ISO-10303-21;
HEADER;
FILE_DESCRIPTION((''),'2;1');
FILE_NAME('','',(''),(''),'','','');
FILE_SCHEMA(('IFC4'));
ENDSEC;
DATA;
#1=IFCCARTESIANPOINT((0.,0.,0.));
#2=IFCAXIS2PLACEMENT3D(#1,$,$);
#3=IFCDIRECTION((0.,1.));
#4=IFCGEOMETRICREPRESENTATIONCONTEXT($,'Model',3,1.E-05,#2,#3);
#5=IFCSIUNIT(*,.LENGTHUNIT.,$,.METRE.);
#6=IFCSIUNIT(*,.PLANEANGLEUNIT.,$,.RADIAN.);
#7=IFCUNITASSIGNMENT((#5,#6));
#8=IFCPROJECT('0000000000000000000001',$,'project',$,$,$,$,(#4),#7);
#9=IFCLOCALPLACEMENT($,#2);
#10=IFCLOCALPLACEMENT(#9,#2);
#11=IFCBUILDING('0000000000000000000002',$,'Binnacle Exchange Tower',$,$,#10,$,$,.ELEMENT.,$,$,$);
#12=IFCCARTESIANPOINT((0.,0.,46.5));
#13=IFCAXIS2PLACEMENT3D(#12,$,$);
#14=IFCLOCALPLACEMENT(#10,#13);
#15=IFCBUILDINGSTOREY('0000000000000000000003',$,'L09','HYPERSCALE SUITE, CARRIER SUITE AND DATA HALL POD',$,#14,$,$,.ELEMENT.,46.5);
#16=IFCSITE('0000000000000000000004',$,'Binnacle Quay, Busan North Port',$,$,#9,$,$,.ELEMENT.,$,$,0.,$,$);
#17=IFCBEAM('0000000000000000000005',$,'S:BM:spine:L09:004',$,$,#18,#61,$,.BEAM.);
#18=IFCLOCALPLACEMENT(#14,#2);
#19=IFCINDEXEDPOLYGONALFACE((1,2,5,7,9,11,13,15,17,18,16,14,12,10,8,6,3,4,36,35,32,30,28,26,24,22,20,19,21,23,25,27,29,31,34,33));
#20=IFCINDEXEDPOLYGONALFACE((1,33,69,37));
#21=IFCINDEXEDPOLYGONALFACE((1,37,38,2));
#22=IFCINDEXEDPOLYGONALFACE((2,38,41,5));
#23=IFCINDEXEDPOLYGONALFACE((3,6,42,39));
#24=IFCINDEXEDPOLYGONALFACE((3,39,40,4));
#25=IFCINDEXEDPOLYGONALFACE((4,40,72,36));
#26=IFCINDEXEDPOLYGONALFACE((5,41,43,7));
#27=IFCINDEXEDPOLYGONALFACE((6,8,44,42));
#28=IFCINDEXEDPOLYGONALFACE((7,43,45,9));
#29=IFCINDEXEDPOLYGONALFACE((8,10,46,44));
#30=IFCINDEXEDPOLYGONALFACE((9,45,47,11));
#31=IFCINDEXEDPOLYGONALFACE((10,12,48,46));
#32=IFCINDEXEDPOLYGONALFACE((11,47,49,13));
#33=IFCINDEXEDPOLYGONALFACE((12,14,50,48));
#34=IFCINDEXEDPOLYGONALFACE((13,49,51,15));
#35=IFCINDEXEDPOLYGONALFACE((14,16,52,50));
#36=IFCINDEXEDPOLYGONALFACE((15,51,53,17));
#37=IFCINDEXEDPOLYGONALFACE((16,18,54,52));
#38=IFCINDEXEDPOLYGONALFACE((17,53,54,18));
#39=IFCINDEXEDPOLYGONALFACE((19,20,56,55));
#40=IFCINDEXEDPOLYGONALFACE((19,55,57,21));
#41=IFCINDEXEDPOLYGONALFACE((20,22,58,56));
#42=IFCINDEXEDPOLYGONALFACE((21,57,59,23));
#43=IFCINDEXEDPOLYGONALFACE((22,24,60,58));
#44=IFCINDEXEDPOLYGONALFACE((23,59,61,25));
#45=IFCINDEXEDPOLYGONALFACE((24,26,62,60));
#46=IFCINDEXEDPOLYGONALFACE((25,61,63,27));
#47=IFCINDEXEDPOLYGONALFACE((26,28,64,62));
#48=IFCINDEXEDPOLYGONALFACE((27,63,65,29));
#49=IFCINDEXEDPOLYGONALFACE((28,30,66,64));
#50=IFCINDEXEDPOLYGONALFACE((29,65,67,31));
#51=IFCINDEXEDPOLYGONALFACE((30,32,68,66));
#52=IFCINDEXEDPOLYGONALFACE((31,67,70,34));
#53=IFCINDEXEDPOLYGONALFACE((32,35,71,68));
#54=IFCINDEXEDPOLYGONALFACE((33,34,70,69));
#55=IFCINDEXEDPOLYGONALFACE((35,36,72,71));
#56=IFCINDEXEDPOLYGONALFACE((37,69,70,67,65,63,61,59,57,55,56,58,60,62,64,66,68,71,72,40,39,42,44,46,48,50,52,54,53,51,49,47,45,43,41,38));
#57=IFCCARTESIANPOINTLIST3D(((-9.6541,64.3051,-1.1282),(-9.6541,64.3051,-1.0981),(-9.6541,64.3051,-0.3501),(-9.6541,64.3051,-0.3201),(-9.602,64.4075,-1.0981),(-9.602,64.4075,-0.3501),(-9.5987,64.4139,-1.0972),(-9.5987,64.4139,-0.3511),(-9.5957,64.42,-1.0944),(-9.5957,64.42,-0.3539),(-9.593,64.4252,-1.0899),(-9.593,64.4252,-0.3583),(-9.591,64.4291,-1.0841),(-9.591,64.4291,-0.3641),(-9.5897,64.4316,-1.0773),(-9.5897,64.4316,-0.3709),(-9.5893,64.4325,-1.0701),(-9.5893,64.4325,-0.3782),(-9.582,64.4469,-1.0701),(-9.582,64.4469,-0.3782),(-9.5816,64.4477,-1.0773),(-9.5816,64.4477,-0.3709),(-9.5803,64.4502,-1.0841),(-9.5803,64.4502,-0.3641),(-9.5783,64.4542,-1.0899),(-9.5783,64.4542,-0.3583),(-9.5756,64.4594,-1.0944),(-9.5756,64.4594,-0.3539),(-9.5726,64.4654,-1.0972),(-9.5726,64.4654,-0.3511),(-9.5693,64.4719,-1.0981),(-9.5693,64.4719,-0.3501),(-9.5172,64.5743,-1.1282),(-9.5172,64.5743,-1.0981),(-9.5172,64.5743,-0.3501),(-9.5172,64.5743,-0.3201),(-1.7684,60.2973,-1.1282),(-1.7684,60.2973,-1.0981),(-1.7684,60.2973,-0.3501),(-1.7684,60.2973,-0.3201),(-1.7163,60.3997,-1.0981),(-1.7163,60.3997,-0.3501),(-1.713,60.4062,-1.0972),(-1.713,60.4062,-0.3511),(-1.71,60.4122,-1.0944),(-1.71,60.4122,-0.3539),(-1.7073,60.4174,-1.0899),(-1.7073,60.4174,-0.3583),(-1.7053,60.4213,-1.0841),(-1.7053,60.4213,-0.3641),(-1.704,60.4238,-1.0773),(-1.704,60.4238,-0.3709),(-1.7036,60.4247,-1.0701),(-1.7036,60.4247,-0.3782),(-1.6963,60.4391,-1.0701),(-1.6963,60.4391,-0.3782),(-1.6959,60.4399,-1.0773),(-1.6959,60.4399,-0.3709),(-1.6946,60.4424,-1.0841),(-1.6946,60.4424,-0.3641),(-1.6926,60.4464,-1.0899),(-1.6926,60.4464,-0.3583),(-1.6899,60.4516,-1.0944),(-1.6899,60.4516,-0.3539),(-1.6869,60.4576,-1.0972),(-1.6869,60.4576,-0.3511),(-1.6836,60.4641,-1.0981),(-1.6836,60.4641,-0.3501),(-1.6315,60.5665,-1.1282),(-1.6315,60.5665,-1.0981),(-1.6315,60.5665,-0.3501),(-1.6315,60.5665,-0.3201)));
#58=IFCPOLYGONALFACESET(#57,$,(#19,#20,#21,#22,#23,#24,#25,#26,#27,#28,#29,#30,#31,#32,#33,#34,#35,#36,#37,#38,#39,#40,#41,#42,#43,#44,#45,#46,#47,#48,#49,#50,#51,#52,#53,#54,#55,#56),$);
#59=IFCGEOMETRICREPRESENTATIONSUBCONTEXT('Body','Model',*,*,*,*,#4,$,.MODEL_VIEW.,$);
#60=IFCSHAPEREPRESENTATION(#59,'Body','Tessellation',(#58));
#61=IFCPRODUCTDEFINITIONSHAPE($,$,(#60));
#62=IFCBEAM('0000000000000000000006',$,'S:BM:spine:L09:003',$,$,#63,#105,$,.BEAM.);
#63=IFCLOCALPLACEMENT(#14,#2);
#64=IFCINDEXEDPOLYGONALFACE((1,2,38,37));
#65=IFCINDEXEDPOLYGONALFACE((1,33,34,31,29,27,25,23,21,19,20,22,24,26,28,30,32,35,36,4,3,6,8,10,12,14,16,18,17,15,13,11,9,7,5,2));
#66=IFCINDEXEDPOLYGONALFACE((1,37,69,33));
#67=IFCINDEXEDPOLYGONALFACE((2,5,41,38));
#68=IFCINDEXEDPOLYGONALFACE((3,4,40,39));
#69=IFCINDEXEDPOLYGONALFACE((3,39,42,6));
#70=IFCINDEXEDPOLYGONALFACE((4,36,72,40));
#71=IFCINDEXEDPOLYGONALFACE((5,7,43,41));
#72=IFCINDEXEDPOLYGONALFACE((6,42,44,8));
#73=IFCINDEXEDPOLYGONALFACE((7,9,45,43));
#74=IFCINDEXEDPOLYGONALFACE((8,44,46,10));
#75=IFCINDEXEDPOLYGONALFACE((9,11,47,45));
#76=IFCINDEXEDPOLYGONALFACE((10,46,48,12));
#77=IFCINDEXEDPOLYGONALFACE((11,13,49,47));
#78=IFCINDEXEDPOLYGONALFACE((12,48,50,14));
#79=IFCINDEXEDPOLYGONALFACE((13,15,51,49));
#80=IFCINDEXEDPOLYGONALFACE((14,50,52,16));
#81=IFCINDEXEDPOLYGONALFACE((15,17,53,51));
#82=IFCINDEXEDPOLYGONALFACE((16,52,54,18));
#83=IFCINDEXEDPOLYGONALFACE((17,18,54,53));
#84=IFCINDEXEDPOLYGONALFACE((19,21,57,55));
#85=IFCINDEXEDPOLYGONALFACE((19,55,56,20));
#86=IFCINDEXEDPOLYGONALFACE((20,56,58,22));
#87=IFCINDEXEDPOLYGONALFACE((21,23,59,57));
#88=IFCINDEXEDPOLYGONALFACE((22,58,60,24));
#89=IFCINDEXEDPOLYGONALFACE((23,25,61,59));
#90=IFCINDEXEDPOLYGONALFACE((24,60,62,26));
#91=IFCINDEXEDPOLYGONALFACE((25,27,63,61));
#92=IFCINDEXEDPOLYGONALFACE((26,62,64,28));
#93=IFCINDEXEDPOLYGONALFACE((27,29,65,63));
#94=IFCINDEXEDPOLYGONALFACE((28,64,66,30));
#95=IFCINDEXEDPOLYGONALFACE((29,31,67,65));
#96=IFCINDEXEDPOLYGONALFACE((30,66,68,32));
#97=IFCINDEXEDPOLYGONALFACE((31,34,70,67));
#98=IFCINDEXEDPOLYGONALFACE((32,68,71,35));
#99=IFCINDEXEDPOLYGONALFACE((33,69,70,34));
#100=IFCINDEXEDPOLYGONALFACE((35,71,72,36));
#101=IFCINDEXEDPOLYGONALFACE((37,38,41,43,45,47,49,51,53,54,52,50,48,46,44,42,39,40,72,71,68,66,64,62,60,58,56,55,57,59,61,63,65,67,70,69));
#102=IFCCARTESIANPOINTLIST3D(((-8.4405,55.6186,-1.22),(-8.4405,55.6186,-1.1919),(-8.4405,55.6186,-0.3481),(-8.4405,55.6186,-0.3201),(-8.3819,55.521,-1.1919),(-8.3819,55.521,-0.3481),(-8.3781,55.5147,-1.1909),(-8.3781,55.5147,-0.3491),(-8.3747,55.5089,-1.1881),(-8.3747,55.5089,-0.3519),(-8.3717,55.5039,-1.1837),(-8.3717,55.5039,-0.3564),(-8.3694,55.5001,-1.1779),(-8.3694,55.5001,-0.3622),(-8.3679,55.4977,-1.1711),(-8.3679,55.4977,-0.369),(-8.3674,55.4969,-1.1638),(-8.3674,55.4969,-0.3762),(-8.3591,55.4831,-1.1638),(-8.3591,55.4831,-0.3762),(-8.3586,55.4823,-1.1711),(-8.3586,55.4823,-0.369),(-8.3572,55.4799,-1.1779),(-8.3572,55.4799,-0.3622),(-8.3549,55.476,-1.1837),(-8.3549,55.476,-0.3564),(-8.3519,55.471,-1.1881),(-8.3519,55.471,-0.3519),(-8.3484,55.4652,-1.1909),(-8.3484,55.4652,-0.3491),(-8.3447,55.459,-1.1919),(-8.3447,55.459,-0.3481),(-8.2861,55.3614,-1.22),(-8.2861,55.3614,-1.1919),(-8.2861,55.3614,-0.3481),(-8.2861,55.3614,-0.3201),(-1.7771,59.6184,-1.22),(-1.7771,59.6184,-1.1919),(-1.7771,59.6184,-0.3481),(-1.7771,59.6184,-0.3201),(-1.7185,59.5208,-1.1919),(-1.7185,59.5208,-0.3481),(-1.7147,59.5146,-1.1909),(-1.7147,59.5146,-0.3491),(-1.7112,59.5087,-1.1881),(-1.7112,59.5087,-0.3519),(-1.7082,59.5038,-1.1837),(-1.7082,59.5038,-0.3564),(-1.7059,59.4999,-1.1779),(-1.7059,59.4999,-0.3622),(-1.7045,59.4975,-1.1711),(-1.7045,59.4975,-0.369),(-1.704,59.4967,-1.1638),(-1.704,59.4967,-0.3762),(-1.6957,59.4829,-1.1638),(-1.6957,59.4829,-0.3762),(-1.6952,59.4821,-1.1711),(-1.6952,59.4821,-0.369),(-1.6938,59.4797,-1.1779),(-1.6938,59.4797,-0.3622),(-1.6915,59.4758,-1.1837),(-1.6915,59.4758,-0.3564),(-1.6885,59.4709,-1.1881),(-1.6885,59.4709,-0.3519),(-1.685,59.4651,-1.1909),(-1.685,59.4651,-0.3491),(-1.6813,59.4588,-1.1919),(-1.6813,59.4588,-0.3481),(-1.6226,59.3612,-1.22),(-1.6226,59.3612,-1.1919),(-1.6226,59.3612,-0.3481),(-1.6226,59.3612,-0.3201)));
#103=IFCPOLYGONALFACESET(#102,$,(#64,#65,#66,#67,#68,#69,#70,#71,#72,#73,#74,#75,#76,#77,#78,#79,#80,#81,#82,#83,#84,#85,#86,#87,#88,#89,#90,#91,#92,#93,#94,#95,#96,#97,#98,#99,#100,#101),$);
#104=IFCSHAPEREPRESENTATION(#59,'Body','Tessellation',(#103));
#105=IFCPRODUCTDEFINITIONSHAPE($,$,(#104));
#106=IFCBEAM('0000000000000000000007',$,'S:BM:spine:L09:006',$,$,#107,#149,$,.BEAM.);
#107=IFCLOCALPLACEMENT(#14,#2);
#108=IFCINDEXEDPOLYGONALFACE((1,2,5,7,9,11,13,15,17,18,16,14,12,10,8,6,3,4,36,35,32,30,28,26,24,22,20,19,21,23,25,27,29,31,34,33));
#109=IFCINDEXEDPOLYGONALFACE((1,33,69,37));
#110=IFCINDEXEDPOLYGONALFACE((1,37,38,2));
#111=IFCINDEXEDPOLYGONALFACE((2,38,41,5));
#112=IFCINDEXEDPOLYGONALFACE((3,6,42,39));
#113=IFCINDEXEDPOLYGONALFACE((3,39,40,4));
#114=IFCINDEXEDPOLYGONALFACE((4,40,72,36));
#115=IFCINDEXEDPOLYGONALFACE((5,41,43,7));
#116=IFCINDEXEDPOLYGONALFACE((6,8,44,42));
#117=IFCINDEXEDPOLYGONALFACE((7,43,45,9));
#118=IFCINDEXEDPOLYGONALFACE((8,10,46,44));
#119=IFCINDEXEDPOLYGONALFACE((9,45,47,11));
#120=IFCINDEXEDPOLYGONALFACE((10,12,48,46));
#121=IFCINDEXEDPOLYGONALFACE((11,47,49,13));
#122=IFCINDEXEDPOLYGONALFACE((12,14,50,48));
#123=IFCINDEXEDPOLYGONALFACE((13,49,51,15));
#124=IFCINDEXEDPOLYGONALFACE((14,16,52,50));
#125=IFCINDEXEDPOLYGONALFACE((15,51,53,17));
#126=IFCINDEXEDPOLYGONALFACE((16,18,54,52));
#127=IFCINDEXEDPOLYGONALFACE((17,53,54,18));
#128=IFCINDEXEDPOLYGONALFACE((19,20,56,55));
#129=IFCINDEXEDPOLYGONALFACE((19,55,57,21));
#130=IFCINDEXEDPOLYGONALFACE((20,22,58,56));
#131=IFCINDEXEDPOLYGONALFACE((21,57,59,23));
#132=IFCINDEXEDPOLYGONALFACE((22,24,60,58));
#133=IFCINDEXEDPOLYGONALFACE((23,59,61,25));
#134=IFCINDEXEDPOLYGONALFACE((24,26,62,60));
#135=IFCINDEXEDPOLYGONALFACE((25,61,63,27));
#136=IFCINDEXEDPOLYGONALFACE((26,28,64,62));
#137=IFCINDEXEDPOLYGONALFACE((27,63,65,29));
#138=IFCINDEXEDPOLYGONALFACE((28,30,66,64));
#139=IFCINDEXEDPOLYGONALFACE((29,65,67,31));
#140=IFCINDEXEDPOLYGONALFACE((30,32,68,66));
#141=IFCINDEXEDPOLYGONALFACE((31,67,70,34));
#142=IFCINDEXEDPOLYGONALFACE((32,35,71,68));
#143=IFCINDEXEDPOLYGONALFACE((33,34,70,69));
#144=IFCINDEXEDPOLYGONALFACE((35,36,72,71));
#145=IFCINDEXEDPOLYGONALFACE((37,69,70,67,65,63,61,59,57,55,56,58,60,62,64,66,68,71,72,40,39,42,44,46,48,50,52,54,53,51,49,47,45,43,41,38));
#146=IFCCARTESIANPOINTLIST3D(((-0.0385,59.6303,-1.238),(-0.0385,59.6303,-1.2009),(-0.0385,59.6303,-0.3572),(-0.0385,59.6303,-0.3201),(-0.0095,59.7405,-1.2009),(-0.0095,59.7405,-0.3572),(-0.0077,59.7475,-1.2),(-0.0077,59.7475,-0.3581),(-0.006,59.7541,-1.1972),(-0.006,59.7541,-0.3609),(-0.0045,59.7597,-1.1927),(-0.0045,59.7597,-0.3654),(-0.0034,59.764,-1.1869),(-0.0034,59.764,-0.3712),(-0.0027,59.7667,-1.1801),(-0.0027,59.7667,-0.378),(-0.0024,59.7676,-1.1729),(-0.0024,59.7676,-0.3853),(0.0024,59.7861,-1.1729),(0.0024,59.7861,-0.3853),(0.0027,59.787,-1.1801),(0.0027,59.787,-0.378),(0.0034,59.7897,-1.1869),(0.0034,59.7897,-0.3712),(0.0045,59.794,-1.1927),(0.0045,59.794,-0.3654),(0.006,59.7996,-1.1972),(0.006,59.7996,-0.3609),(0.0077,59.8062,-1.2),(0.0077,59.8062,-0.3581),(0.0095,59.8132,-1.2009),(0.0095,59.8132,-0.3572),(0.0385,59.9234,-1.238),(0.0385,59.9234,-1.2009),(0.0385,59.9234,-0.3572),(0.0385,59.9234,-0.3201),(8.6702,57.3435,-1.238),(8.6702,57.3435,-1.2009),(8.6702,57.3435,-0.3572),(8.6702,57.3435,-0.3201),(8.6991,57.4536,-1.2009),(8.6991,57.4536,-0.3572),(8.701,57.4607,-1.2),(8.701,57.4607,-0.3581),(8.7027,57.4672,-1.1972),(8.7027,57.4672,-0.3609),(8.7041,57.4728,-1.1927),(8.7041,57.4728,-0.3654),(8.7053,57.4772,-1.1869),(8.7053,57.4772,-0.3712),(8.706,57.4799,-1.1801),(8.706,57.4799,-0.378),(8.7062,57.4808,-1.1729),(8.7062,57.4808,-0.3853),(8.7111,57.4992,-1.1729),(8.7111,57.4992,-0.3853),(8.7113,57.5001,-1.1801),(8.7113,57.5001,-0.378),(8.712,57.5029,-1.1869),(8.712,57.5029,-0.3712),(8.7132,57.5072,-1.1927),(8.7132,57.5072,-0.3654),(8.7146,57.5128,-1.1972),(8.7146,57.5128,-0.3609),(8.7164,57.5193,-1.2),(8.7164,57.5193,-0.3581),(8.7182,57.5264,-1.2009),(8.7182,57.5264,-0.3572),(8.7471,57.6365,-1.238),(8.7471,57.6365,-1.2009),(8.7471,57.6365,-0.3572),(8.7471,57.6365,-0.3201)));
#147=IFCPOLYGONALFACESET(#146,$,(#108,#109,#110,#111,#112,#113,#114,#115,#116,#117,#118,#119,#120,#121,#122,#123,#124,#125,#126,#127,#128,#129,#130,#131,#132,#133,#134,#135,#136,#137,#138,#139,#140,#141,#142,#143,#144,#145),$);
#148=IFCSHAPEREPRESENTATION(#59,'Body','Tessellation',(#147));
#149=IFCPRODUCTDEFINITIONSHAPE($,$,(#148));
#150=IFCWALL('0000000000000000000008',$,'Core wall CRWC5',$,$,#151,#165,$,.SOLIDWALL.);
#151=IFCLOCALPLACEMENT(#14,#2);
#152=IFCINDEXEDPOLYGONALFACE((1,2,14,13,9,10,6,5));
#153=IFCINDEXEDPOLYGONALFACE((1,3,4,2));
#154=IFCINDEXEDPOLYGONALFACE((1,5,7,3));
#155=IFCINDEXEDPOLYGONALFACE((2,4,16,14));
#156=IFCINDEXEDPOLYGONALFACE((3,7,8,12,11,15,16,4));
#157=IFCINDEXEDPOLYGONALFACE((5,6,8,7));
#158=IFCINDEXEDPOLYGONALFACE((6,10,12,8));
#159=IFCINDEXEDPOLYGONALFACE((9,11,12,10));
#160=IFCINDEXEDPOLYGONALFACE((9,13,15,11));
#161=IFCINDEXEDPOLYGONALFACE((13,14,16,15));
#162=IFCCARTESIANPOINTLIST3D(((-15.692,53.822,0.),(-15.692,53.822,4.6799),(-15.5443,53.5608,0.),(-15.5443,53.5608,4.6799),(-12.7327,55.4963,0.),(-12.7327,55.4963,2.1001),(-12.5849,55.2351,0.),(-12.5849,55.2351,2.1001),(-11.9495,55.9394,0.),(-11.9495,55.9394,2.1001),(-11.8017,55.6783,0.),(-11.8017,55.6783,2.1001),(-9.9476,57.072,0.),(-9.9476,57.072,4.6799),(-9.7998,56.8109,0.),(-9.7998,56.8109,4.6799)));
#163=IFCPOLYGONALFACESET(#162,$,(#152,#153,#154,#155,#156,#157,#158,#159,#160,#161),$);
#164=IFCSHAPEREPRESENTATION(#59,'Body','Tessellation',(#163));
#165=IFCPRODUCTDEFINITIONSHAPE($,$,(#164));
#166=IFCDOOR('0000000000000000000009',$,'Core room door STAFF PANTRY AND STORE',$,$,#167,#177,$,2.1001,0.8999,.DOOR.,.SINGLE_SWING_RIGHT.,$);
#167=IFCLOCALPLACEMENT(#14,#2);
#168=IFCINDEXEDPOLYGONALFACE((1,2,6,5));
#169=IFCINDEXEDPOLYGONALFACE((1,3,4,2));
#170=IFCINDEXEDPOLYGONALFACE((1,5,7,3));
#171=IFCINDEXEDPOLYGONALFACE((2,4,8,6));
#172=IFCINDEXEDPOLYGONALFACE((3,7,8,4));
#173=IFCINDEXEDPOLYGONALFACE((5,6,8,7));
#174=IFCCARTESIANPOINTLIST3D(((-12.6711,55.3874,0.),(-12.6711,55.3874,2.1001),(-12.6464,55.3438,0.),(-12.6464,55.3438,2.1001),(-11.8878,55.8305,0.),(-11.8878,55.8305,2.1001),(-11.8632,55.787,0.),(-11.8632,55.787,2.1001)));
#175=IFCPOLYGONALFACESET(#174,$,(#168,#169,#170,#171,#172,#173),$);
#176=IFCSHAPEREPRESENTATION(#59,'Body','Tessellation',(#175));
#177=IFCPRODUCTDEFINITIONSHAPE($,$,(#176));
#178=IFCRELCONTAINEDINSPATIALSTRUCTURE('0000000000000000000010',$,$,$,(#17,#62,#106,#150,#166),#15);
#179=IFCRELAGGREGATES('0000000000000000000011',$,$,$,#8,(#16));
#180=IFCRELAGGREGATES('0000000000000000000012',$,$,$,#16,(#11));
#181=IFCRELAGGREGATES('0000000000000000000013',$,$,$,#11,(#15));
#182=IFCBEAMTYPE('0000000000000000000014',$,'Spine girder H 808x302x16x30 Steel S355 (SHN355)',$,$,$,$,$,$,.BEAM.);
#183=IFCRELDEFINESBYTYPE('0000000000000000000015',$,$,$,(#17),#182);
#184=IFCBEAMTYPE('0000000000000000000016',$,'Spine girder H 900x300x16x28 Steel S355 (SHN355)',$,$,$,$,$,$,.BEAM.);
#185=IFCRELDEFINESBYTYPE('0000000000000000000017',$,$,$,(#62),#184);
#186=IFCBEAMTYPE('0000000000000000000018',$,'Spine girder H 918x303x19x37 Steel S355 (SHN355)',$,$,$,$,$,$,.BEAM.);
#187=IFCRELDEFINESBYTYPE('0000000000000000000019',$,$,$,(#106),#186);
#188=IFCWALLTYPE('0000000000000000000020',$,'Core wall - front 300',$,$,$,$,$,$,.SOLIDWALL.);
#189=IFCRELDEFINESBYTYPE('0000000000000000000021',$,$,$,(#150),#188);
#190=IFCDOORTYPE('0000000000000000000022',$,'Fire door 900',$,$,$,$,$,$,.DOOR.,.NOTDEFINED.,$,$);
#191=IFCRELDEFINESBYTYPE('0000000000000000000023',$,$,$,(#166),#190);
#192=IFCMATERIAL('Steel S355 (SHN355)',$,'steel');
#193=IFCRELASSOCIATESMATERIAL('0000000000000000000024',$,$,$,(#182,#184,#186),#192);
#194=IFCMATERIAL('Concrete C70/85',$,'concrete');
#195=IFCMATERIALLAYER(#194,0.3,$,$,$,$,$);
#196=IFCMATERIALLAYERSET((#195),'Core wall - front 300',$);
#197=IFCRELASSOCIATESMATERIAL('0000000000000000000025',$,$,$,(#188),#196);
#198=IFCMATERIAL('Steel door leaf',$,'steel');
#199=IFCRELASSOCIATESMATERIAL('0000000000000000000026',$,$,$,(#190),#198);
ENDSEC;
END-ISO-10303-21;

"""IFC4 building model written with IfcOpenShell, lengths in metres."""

from ifc_helpers import new_model, si_unit, direction, frame, frame_2d, origin, origin_2d, place, context, subcontext, project, spatial, rectangle, i_section, extrude, material, layer, layer_set, material_profile, profile_set, type_object, element, fill, save


model = new_model("IFC4")

# Units and contexts
model_context = context("Model", 3, precision=1e-05, world=origin(), true_north=direction((0.0, 1.0)))
body_context = subcontext(model_context, "Body", "Model", "MODEL_VIEW")
ifc_project = project(units=[si_unit("LENGTHUNIT", "METRE"), si_unit("PLANEANGLEUNIT", "RADIAN")], contexts=[model_context])

# Site, building, storey
site_placement = place(None, origin())
site = spatial("IfcSite", under=ifc_project, at=site_placement, Name="Binnacle Quay, Busan North Port", CompositionType="ELEMENT", RefElevation=0.0)
building_placement = place(site_placement, origin())
building = spatial("IfcBuilding", under=site, at=building_placement, Name="Binnacle Exchange Tower", CompositionType="ELEMENT")
storey_placement = place(building_placement, frame((0.0, 0.0, 46.5)))
storey = spatial("IfcBuildingStorey", under=building, at=storey_placement, Name="L09", Description="HYPERSCALE SUITE, CARRIER SUITE AND DATA HALL POD", CompositionType="ELEMENT", Elevation=46.5)

# Shared definitions
ifc_material_1 = material(Name="Concrete C70/85", Category="concrete")

# Beams
ifc_material_2 = material(Name="Steel S355 (SHN355)", Category="steel")
ifc_material_profile_1 = material_profile(ifc_material_2, i_section(OverallWidth=0.302, OverallDepth=0.8081, WebThickness=0.0161, FlangeThickness=0.03, FilletRadius=0.0281, at=origin_2d()), Name="H 808x302x16x30")
ifc_profile_set_1 = profile_set([ifc_material_profile_1], Name="Steel S355 (SHN355)")
beam_type_1 = type_object("IfcBeamType", Name="Spine girder H 808x302x16x30 Steel S355 (SHN355)", PredefinedType="BEAM", material=ifc_profile_set_1)
beam_1_placement = place(storey_placement, frame((-1.7, 60.4319, -0.7241), z_axis=(-0.891471, 0.453077, 0.0), x_axis=(-0.453077, -0.891471, 0.0)))
element("IfcBeam", 1, at=beam_1_placement, inside=storey, type_object=beam_type_1, Name="S:BM:spine:L09:004", PredefinedType="BEAM", context=body_context, shape_type="SweptSolid", body=[
    extrude(i_section(OverallWidth=0.302, OverallDepth=0.8081, WebThickness=0.0161, FlangeThickness=0.03, FilletRadius=0.0281, at=origin_2d()), origin(), (0.0, 0.0, 1.0), 8.8457),
])
ifc_material_profile_2 = material_profile(ifc_material_2, i_section(OverallWidth=0.3, OverallDepth=0.8999, WebThickness=0.0161, FlangeThickness=0.0281, FilletRadius=0.0281, at=origin_2d()), Name="H 900x300x16x28")
ifc_profile_set_2 = profile_set([ifc_material_profile_2], Name="Steel S355 (SHN355)")
beam_type_2 = type_object("IfcBeamType", Name="Spine girder H 900x300x16x28 Steel S355 (SHN355)", PredefinedType="BEAM", material=ifc_profile_set_2)
beam_2_placement = place(storey_placement, frame((-8.3633, 55.49, -0.77), z_axis=(0.857393, 0.514662, 0.0), x_axis=(-0.514662, 0.857393, 0.0)))
element("IfcBeam", 2, at=beam_2_placement, inside=storey, type_object=beam_type_2, Name="S:BM:spine:L09:003", PredefinedType="BEAM", context=body_context, shape_type="SweptSolid", body=[
    extrude(i_section(OverallWidth=0.3, OverallDepth=0.8999, WebThickness=0.0161, FlangeThickness=0.0281, FilletRadius=0.0281, at=origin_2d()), origin(), (0.0, 0.0, 1.0), 7.7717),
])
ifc_material_profile_3 = material_profile(ifc_material_2, i_section(OverallWidth=0.303, OverallDepth=0.918, WebThickness=0.019, FlangeThickness=0.0371, FilletRadius=0.0281, at=origin_2d()), Name="H 918x303x19x37")
ifc_profile_set_3 = profile_set([ifc_material_profile_3], Name="Steel S355 (SHN355)")
beam_type_3 = type_object("IfcBeamType", Name="Spine girder H 918x303x19x37 Steel S355 (SHN355)", PredefinedType="BEAM", material=ifc_profile_set_3)
beam_3_placement = place(storey_placement, frame((0.0, 59.7769, -0.7791), z_axis=(0.967209, -0.253983, 0.0), x_axis=(0.253983, 0.967209, 0.0)))
element("IfcBeam", 3, at=beam_3_placement, inside=storey, type_object=beam_type_3, Name="S:BM:spine:L09:006", PredefinedType="BEAM", context=body_context, shape_type="SweptSolid", body=[
    extrude(i_section(OverallWidth=0.303, OverallDepth=0.918, WebThickness=0.019, FlangeThickness=0.0371, FilletRadius=0.0281, at=origin_2d()), origin(), (0.0, 0.0, 1.0), 9.0039),
])

# Wall, opening, door
ifc_layer_1 = layer(ifc_material_1, 0.3)
ifc_layer_set_1 = layer_set([ifc_layer_1], Name="Core wall - front 300")
wall_type_1 = type_object("IfcWallType", Name="Core wall - front 300", PredefinedType="SOLIDWALL", material=ifc_layer_set_1)
wall_1_placement = place(storey_placement, frame((-15.6182, 53.6914, 0.0), z_axis=(0.0, 0.0, 1.0), x_axis=(0.870357, 0.492422, 0.0)))
wall_1 = element("IfcWall", 4, at=wall_1_placement, inside=storey, type_object=wall_type_1, Name="Core wall CRWC5", PredefinedType="SOLIDWALL", context=body_context, shape_type="SweptSolid", body=[
    extrude(rectangle(XDim=6.6001, YDim=0.3, at=frame_2d((3.3, 0.0))), origin(), (0.0, 0.0, 1.0), 4.6799),
])
opening_1_placement = place(wall_1_placement, frame((3.4001, 0.0, 0.0)))
opening_1 = element("IfcOpeningElement", 5, at=opening_1_placement, cuts=wall_1, PredefinedType="OPENING", context=body_context, shape_type="SweptSolid", body=[
    extrude(rectangle(XDim=0.8999, YDim=2.1001, at=frame_2d((0.45, 1.05))), frame((0.0, 0.1599, 0.0), z_axis=(0.0, -1.0, 0.0), x_axis=(1.0, 0.0, 0.0)), (0.0, 0.0, 1.0), 0.3201),
])
ifc_material_3 = material(Name="Steel door leaf", Category="steel")
door_type_1 = type_object("IfcDoorType", Name="Fire door 900", OperationType="NOTDEFINED", PredefinedType="DOOR", material=ifc_material_3)
door_1_placement = place(opening_1_placement, origin())
door_1 = element("IfcDoor", 6, at=door_1_placement, inside=storey, type_object=door_type_1, Name="Core room door STAFF PANTRY AND STORE", OperationType="SINGLE_SWING_RIGHT", OverallHeight=2.1001, OverallWidth=0.8999, PredefinedType="DOOR", context=body_context, shape_type="SweptSolid", body=[
    extrude(rectangle(XDim=0.8999, YDim=2.1001, at=frame_2d((0.45, 1.05))), frame((0.0, 0.0249, 0.0), z_axis=(0.0, -1.0, 0.0), x_axis=(1.0, 0.0, 0.0)), (0.0, 0.0, 1.0), 0.05),
])
fill(opening_1, door_1)

save(model, "model.ifc")
